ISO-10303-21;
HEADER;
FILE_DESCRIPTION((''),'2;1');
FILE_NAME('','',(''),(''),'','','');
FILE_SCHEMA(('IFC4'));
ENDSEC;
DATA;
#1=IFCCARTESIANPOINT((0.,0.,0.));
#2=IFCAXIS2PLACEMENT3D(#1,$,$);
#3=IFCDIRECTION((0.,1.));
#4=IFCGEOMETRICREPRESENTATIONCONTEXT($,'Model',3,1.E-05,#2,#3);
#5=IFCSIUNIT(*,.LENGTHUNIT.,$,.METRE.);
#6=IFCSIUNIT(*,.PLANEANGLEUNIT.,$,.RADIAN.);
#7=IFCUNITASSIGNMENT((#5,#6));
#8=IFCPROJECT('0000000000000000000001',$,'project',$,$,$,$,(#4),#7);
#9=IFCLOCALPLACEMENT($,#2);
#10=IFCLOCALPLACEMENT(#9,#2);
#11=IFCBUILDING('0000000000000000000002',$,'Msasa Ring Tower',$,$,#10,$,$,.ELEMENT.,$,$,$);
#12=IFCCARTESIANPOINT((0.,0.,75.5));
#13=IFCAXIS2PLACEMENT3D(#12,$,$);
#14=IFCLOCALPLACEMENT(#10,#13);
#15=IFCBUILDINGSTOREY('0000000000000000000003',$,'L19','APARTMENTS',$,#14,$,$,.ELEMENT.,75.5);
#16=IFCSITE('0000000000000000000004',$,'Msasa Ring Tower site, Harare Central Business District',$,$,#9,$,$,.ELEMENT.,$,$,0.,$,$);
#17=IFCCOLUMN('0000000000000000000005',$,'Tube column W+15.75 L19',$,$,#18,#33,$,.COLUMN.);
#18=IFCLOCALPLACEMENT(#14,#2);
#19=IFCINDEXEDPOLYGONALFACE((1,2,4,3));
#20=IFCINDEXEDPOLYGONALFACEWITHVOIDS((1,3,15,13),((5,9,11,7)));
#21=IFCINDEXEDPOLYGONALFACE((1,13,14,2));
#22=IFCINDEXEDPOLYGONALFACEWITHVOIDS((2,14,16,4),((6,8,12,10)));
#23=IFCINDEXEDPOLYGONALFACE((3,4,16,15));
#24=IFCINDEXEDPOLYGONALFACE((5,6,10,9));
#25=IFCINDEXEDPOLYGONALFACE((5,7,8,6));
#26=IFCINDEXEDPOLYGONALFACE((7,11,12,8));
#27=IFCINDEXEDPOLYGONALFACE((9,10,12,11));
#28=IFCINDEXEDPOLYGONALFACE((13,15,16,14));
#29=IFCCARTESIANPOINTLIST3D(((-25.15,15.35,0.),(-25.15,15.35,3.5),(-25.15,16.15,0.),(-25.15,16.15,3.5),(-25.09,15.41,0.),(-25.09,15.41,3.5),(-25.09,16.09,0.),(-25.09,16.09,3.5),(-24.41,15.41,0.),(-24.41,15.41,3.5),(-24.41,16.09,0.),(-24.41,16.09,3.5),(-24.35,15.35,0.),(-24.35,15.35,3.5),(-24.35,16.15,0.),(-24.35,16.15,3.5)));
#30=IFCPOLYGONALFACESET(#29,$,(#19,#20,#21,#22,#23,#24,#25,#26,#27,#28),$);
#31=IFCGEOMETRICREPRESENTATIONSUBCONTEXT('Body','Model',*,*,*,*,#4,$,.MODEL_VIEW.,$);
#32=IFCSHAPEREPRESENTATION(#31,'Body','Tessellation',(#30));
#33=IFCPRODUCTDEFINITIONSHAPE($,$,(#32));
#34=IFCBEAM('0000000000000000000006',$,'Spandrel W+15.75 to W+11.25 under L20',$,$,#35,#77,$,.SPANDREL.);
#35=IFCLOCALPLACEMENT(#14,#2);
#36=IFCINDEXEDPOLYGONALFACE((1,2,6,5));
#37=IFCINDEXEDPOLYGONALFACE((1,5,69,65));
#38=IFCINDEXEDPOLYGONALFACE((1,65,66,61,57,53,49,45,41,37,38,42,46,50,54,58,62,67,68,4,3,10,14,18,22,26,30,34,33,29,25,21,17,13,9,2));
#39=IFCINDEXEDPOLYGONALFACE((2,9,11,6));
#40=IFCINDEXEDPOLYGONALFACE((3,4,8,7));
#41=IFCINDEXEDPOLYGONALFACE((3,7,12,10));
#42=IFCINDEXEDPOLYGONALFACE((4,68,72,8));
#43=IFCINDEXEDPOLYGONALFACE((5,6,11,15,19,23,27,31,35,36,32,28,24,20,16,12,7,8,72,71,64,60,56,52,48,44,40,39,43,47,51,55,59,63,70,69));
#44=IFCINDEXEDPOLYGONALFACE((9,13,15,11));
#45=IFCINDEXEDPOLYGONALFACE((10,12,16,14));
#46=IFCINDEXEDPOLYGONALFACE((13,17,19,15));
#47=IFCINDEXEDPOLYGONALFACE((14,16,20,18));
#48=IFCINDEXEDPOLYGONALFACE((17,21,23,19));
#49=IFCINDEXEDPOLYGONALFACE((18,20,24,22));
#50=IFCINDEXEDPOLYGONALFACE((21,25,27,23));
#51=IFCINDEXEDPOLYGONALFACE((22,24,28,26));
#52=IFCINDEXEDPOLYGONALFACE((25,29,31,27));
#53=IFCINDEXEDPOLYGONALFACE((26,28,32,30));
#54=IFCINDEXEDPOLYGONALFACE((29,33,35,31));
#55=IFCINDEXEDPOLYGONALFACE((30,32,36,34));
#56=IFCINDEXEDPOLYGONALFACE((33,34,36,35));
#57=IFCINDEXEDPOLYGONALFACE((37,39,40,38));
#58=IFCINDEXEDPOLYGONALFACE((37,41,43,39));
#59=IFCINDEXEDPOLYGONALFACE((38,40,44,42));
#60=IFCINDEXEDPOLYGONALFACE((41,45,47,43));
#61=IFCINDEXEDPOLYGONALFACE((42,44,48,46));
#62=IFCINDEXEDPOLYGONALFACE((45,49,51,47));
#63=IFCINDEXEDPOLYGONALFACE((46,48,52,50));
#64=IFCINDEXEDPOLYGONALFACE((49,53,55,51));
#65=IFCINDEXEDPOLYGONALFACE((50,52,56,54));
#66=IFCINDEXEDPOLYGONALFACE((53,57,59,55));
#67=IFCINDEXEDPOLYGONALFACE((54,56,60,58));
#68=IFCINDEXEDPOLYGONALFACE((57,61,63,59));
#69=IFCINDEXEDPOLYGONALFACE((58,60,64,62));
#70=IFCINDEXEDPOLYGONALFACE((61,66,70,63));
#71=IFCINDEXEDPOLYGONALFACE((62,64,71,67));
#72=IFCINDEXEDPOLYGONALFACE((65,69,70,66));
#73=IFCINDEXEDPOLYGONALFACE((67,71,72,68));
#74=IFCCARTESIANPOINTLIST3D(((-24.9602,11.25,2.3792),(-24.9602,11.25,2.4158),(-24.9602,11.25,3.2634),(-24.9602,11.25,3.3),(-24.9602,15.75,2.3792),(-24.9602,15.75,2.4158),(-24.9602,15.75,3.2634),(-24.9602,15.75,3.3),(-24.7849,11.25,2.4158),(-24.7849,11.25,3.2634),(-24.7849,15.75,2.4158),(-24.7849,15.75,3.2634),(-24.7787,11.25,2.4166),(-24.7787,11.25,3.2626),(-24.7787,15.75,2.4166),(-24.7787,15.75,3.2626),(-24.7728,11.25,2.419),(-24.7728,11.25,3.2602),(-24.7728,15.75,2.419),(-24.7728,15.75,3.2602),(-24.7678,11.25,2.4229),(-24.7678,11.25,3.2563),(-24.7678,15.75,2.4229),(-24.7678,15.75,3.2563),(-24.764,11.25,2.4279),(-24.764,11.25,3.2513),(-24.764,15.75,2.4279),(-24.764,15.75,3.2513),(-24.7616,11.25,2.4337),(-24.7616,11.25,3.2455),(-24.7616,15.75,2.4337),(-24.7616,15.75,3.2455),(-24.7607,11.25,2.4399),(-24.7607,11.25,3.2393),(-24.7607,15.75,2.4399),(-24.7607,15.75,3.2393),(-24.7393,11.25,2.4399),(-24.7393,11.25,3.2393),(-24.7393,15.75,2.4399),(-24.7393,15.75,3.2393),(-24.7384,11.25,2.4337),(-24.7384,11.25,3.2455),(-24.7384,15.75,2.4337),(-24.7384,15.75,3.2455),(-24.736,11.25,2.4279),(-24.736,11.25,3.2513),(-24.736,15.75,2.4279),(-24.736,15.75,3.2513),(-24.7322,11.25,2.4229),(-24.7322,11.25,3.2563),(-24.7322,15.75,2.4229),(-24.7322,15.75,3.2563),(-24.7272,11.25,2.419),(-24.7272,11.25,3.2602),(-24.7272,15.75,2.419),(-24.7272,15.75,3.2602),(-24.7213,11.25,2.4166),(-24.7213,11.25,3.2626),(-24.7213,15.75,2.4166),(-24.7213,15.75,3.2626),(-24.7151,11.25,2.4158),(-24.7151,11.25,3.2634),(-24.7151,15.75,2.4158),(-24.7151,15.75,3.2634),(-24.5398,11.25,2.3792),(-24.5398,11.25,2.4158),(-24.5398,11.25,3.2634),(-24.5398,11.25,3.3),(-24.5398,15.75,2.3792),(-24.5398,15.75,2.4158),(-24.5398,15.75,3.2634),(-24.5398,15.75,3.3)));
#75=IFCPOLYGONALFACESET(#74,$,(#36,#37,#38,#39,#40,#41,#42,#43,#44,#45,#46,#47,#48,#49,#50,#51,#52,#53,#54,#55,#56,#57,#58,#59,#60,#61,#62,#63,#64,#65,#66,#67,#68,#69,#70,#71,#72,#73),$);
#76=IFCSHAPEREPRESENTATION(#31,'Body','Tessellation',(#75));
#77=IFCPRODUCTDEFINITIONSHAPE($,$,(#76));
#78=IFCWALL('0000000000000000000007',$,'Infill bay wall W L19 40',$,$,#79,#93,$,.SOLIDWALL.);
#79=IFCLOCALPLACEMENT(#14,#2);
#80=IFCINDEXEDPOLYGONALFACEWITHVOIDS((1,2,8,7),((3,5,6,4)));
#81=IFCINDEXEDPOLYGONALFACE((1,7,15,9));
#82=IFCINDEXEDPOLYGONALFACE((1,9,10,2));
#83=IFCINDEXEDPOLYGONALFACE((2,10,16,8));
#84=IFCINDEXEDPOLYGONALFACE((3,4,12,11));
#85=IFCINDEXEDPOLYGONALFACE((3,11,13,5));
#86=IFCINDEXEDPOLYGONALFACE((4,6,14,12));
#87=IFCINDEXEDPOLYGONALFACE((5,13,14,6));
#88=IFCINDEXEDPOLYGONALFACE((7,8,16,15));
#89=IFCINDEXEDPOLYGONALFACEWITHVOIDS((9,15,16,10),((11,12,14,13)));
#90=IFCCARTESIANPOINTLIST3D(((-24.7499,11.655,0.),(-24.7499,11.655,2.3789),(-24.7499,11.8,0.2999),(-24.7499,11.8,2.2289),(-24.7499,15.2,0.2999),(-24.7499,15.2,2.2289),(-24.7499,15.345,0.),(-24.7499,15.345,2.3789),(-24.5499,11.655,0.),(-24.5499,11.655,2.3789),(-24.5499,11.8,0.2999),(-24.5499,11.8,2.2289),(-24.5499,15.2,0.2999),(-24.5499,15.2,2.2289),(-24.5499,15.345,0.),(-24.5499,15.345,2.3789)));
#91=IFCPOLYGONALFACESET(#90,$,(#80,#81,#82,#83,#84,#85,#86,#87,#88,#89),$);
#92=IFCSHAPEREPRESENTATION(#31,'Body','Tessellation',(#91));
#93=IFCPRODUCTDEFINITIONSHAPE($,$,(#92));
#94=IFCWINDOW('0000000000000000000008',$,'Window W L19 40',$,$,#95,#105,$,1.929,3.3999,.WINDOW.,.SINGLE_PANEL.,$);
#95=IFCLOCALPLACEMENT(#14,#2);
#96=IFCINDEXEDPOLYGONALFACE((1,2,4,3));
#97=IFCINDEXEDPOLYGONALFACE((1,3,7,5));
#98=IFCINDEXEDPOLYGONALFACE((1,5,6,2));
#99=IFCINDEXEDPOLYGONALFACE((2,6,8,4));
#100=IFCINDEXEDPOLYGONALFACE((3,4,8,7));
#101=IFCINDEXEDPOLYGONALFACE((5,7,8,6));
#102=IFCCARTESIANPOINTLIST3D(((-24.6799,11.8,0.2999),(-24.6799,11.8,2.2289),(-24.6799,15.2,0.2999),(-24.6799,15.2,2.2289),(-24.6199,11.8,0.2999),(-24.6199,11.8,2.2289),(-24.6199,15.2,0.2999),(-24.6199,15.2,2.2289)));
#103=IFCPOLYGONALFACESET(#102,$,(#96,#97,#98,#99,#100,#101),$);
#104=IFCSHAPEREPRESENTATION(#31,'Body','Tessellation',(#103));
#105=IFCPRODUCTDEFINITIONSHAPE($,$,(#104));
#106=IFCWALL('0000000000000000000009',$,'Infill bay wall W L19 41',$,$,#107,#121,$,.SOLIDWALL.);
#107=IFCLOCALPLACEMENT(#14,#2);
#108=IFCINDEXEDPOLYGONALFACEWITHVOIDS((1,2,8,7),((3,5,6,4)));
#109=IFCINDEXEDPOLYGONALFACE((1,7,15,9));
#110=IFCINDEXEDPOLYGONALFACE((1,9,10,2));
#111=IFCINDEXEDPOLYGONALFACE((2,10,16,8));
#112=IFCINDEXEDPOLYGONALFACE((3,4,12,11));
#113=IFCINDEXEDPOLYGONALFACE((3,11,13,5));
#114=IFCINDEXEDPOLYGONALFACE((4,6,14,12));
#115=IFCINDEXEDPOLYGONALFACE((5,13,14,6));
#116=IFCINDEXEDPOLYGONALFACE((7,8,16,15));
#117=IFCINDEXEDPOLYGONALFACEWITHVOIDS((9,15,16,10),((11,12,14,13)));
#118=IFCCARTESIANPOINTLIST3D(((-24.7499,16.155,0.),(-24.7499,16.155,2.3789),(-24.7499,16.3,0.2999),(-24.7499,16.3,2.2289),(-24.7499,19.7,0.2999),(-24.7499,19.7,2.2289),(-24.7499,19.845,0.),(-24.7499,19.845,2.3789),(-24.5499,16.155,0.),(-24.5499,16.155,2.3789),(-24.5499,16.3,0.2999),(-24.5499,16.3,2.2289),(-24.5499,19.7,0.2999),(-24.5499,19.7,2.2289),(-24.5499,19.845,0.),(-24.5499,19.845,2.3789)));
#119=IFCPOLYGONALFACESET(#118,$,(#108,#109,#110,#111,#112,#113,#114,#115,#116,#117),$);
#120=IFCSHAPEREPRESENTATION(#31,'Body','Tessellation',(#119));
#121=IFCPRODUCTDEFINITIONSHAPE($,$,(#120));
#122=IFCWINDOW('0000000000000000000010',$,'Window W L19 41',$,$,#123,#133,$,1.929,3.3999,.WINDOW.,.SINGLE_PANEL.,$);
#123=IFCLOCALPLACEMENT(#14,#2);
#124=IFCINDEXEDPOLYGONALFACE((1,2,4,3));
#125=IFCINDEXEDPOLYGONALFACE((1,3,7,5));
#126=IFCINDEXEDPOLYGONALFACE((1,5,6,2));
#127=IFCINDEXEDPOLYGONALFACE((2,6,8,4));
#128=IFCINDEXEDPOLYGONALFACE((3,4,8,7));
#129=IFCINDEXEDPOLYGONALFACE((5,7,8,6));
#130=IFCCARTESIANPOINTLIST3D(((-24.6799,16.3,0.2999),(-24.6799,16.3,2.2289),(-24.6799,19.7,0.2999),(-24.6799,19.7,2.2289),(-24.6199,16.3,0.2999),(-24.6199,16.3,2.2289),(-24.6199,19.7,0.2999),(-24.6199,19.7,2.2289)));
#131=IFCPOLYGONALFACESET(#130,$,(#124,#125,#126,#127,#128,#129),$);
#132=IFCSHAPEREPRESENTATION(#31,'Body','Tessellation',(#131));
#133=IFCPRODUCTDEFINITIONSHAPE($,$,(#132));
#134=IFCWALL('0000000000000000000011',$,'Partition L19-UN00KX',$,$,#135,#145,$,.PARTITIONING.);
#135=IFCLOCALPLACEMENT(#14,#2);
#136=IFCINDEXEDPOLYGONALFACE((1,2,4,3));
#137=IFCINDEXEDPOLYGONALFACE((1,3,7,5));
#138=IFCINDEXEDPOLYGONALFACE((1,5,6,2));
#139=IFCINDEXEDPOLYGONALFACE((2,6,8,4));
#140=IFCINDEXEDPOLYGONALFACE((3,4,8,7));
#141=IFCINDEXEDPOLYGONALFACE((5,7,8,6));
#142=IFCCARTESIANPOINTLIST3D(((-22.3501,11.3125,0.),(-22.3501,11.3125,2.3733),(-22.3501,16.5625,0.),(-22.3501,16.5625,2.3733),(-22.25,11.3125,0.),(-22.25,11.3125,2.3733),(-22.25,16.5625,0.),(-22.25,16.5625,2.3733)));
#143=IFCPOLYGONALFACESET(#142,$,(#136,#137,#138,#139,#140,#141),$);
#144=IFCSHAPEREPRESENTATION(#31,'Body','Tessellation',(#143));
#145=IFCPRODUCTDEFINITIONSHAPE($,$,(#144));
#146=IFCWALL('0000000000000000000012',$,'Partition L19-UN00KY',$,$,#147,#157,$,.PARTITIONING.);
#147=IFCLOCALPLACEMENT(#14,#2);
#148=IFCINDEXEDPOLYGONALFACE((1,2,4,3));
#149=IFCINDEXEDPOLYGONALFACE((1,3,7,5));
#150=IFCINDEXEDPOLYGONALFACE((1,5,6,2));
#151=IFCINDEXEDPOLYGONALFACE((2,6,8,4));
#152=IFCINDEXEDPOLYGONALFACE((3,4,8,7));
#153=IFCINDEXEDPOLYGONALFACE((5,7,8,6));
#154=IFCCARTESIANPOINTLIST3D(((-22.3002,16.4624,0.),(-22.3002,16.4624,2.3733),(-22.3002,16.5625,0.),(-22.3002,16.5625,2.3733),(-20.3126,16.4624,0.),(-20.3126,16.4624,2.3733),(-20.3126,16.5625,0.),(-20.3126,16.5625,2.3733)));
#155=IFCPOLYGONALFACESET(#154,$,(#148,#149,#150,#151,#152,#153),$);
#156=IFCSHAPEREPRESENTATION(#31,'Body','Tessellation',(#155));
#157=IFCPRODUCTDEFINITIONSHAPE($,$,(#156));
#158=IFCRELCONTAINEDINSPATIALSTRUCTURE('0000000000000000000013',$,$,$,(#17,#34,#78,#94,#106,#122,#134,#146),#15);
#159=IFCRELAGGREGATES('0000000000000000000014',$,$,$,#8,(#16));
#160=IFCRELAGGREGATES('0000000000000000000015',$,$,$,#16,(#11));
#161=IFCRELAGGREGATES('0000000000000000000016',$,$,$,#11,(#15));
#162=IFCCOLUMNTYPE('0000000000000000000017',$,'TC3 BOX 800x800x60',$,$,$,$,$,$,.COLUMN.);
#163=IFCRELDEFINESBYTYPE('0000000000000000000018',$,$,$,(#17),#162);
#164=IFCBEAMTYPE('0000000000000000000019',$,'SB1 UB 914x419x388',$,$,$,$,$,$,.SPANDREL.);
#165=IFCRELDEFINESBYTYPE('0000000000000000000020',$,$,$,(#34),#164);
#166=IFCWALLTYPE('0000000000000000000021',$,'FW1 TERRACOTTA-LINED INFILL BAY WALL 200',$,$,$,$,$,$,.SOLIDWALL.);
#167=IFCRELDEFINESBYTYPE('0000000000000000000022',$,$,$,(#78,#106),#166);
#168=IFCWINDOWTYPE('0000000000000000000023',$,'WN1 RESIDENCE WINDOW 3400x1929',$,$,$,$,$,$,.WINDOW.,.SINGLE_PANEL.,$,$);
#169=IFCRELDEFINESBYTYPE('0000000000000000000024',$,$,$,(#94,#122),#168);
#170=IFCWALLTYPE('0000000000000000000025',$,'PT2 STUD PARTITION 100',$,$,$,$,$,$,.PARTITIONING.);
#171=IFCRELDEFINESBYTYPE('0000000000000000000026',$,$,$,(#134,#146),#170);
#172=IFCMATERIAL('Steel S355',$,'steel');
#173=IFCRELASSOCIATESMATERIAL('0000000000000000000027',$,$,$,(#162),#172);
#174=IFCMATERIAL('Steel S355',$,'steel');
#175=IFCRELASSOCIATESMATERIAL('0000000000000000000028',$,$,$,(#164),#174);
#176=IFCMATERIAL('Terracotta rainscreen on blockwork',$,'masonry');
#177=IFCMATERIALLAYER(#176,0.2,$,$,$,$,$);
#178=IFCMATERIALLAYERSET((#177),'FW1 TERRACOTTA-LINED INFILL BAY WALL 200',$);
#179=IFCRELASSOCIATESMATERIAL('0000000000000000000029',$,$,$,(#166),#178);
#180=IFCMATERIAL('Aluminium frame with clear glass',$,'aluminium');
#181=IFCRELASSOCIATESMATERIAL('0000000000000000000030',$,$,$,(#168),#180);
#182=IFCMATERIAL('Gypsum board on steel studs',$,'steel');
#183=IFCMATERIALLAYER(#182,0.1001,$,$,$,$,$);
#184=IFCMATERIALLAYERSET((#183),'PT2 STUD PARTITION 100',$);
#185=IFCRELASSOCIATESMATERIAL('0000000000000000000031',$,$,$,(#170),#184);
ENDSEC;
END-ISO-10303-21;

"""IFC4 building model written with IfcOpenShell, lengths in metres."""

from ifc_helpers import new_model, si_unit, direction, frame, frame_2d, origin, origin_2d, place, context, subcontext, project, spatial, rectangle, hollow_rectangle, i_section, extrude, material, layer, layer_set, material_profile, profile_set, type_object, element, fill, save


model = new_model("IFC4")

# Units and contexts
model_context = context("Model", 3, precision=1e-05, world=origin(), true_north=direction((0.0, 1.0)))
body_context = subcontext(model_context, "Body", "Model", "MODEL_VIEW")
ifc_project = project(units=[si_unit("LENGTHUNIT", "METRE"), si_unit("PLANEANGLEUNIT", "RADIAN")], contexts=[model_context])

# Site, building, storey
site_placement = place(None, origin())
site = spatial("IfcSite", under=ifc_project, at=site_placement, Name="Msasa Ring Tower site, Harare Central Business District", CompositionType="ELEMENT", RefElevation=0.0)
building_placement = place(site_placement, origin())
building = spatial("IfcBuilding", under=site, at=building_placement, Name="Msasa Ring Tower", CompositionType="ELEMENT")
storey_placement = place(building_placement, frame((0.0, 0.0, 75.5)))
storey = spatial("IfcBuildingStorey", under=building, at=storey_placement, Name="L19", Description="APARTMENTS", CompositionType="ELEMENT", Elevation=75.5)

# Column
ifc_material_1 = material(Name="Steel S355", Category="steel")
ifc_material_profile_1 = material_profile(ifc_material_1, hollow_rectangle(XDim=0.8, YDim=0.8, WallThickness=0.0601, at=origin_2d()), Name="BOX 800x800x60")
ifc_profile_set_1 = profile_set([ifc_material_profile_1], Name="Steel S355")
column_type = type_object("IfcColumnType", Name="TC3 BOX 800x800x60", PredefinedType="COLUMN", material=ifc_profile_set_1)
column_placement = place(storey_placement, frame((-24.75, 15.75, 0.0), z_axis=(0.0, 0.0, 1.0), x_axis=(1.0, 0.0, 0.0)))
element("IfcColumn", 1, at=column_placement, inside=storey, type_object=column_type, Name="Tube column W+15.75 L19", PredefinedType="COLUMN", context=body_context, shape_type="SweptSolid", body=[
    extrude(hollow_rectangle(XDim=0.8, YDim=0.8, WallThickness=0.0601, at=origin_2d()), origin(), (0.0, 0.0, 1.0), 3.5),
])

# Beam
ifc_material_2 = material(Name="Steel S355", Category="steel")
ifc_material_profile_2 = material_profile(ifc_material_2, i_section(OverallWidth=0.4204, OverallDepth=0.9209, WebThickness=0.0215, FlangeThickness=0.0366, FilletRadius=0.0242, at=origin_2d()), Name="UB 914x419x388")
ifc_profile_set_2 = profile_set([ifc_material_profile_2], Name="Steel S355")
beam_type = type_object("IfcBeamType", Name="SB1 UB 914x419x388", PredefinedType="SPANDREL", material=ifc_profile_set_2)
beam_placement = place(storey_placement, frame((-24.75, 15.75, 2.8396), z_axis=(0.0, -1.0, 0.0), x_axis=(1.0, 0.0, 0.0)))
element("IfcBeam", 2, at=beam_placement, inside=storey, type_object=beam_type, Name="Spandrel W+15.75 to W+11.25 under L20", PredefinedType="SPANDREL", context=body_context, shape_type="SweptSolid", body=[
    extrude(i_section(OverallWidth=0.4204, OverallDepth=0.9209, WebThickness=0.0215, FlangeThickness=0.0366, FilletRadius=0.0242, at=origin_2d()), origin(), (0.0, 0.0, 1.0), 4.5),
])

# Walls, openings, windows
ifc_material_3 = material(Name="Terracotta rainscreen on blockwork", Category="masonry")
ifc_layer_1 = layer(ifc_material_3, 0.2)
ifc_layer_set_1 = layer_set([ifc_layer_1], Name="FW1 TERRACOTTA-LINED INFILL BAY WALL 200")
wall_type_1 = type_object("IfcWallType", Name="FW1 TERRACOTTA-LINED INFILL BAY WALL 200", PredefinedType="SOLIDWALL", material=ifc_layer_set_1)
wall_1_placement = place(storey_placement, frame((-24.6499, 11.655, 0.0), z_axis=(0.0, 0.0, 1.0), x_axis=(0.0, 1.0, 0.0)))
wall_1 = element("IfcWall", 3, at=wall_1_placement, inside=storey, type_object=wall_type_1, Name="Infill bay wall W L19 40", PredefinedType="SOLIDWALL", context=body_context, shape_type="SweptSolid", body=[
    extrude(rectangle(XDim=3.6899, YDim=0.2, at=frame_2d((1.845, 0.0))), origin(), (0.0, 0.0, 1.0), 2.3789),
])
opening_1_placement = place(wall_1_placement, frame((0.145, 0.0, 0.3)))
opening_1 = element("IfcOpeningElement", 4, at=opening_1_placement, cuts=wall_1, PredefinedType="OPENING", context=body_context, shape_type="SweptSolid", body=[
    extrude(rectangle(XDim=3.3999, YDim=1.929, at=frame_2d((1.7, 0.9644))), frame((0.0, 0.1099, 0.0), z_axis=(0.0, -1.0, 0.0), x_axis=(1.0, 0.0, 0.0)), (0.0, 0.0, 1.0), 0.22),
])
ifc_material_4 = material(Name="Aluminium frame with clear glass", Category="aluminium")
window_type = type_object("IfcWindowType", Name="WN1 RESIDENCE WINDOW 3400x1929", PartitioningType="SINGLE_PANEL", PredefinedType="WINDOW", material=ifc_material_4)
window_1_placement = place(opening_1_placement, origin())
window_1 = element("IfcWindow", 5, at=window_1_placement, inside=storey, type_object=window_type, Name="Window W L19 40", OverallHeight=1.929, OverallWidth=3.3999, PartitioningType="SINGLE_PANEL", PredefinedType="WINDOW", context=body_context, shape_type="SweptSolid", body=[
    extrude(rectangle(XDim=3.3999, YDim=1.929, at=frame_2d((1.7, 0.9644))), frame((0.0, 0.03, 0.0), z_axis=(0.0, -1.0, 0.0), x_axis=(1.0, 0.0, 0.0)), (0.0, 0.0, 1.0), 0.0601),
])
fill(opening_1, window_1)
wall_2_placement = place(storey_placement, frame((-24.6499, 16.155, 0.0), z_axis=(0.0, 0.0, 1.0), x_axis=(0.0, 1.0, 0.0)))
wall_2 = element("IfcWall", 6, at=wall_2_placement, inside=storey, type_object=wall_type_1, Name="Infill bay wall W L19 41", PredefinedType="SOLIDWALL", context=body_context, shape_type="SweptSolid", body=[
    extrude(rectangle(XDim=3.6899, YDim=0.2, at=frame_2d((1.845, 0.0))), origin(), (0.0, 0.0, 1.0), 2.3789),
])
opening_2_placement = place(wall_2_placement, frame((0.145, 0.0, 0.3)))
opening_2 = element("IfcOpeningElement", 7, at=opening_2_placement, cuts=wall_2, PredefinedType="OPENING", context=body_context, shape_type="SweptSolid", body=[
    extrude(rectangle(XDim=3.3999, YDim=1.929, at=frame_2d((1.7, 0.9644))), frame((0.0, 0.1099, 0.0), z_axis=(0.0, -1.0, 0.0), x_axis=(1.0, 0.0, 0.0)), (0.0, 0.0, 1.0), 0.22),
])
window_2_placement = place(opening_2_placement, origin())
window_2 = element("IfcWindow", 8, at=window_2_placement, inside=storey, type_object=window_type, Name="Window W L19 41", OverallHeight=1.929, OverallWidth=3.3999, PartitioningType="SINGLE_PANEL", PredefinedType="WINDOW", context=body_context, shape_type="SweptSolid", body=[
    extrude(rectangle(XDim=3.3999, YDim=1.929, at=frame_2d((1.7, 0.9644))), frame((0.0, 0.03, 0.0), z_axis=(0.0, -1.0, 0.0), x_axis=(1.0, 0.0, 0.0)), (0.0, 0.0, 1.0), 0.0601),
])
fill(opening_2, window_2)

# Walls
ifc_material_5 = material(Name="Gypsum board on steel studs", Category="steel")
ifc_layer_2 = layer(ifc_material_5, 0.1001)
ifc_layer_set_2 = layer_set([ifc_layer_2], Name="PT2 STUD PARTITION 100")
wall_type_2 = type_object("IfcWallType", Name="PT2 STUD PARTITION 100", PredefinedType="PARTITIONING", material=ifc_layer_set_2)
wall_3_placement = place(storey_placement, frame((-22.3, 11.3125, 0.0), z_axis=(0.0, 0.0, 1.0), x_axis=(0.0, 1.0, 0.0)))
element("IfcWall", 9, at=wall_3_placement, inside=storey, type_object=wall_type_2, Name="Partition L19-UN00KX", PredefinedType="PARTITIONING", context=body_context, shape_type="SweptSolid", body=[
    extrude(rectangle(XDim=5.25, YDim=0.1001, at=frame_2d((2.625, 0.0))), origin(), (0.0, 0.0, 1.0), 2.3733),
])
wall_4_placement = place(storey_placement, frame((-22.3, 16.5125, 0.0), z_axis=(0.0, 0.0, 1.0), x_axis=(1.0, 0.0, 0.0)))
element("IfcWall", 10, at=wall_4_placement, inside=storey, type_object=wall_type_2, Name="Partition L19-UN00KY", PredefinedType="PARTITIONING", context=body_context, shape_type="SweptSolid", body=[
    extrude(rectangle(XDim=1.9875, YDim=0.1001, at=frame_2d((0.9937, 0.0))), origin(), (0.0, 0.0, 1.0), 2.3733),
])

save(model, "model.ifc")
